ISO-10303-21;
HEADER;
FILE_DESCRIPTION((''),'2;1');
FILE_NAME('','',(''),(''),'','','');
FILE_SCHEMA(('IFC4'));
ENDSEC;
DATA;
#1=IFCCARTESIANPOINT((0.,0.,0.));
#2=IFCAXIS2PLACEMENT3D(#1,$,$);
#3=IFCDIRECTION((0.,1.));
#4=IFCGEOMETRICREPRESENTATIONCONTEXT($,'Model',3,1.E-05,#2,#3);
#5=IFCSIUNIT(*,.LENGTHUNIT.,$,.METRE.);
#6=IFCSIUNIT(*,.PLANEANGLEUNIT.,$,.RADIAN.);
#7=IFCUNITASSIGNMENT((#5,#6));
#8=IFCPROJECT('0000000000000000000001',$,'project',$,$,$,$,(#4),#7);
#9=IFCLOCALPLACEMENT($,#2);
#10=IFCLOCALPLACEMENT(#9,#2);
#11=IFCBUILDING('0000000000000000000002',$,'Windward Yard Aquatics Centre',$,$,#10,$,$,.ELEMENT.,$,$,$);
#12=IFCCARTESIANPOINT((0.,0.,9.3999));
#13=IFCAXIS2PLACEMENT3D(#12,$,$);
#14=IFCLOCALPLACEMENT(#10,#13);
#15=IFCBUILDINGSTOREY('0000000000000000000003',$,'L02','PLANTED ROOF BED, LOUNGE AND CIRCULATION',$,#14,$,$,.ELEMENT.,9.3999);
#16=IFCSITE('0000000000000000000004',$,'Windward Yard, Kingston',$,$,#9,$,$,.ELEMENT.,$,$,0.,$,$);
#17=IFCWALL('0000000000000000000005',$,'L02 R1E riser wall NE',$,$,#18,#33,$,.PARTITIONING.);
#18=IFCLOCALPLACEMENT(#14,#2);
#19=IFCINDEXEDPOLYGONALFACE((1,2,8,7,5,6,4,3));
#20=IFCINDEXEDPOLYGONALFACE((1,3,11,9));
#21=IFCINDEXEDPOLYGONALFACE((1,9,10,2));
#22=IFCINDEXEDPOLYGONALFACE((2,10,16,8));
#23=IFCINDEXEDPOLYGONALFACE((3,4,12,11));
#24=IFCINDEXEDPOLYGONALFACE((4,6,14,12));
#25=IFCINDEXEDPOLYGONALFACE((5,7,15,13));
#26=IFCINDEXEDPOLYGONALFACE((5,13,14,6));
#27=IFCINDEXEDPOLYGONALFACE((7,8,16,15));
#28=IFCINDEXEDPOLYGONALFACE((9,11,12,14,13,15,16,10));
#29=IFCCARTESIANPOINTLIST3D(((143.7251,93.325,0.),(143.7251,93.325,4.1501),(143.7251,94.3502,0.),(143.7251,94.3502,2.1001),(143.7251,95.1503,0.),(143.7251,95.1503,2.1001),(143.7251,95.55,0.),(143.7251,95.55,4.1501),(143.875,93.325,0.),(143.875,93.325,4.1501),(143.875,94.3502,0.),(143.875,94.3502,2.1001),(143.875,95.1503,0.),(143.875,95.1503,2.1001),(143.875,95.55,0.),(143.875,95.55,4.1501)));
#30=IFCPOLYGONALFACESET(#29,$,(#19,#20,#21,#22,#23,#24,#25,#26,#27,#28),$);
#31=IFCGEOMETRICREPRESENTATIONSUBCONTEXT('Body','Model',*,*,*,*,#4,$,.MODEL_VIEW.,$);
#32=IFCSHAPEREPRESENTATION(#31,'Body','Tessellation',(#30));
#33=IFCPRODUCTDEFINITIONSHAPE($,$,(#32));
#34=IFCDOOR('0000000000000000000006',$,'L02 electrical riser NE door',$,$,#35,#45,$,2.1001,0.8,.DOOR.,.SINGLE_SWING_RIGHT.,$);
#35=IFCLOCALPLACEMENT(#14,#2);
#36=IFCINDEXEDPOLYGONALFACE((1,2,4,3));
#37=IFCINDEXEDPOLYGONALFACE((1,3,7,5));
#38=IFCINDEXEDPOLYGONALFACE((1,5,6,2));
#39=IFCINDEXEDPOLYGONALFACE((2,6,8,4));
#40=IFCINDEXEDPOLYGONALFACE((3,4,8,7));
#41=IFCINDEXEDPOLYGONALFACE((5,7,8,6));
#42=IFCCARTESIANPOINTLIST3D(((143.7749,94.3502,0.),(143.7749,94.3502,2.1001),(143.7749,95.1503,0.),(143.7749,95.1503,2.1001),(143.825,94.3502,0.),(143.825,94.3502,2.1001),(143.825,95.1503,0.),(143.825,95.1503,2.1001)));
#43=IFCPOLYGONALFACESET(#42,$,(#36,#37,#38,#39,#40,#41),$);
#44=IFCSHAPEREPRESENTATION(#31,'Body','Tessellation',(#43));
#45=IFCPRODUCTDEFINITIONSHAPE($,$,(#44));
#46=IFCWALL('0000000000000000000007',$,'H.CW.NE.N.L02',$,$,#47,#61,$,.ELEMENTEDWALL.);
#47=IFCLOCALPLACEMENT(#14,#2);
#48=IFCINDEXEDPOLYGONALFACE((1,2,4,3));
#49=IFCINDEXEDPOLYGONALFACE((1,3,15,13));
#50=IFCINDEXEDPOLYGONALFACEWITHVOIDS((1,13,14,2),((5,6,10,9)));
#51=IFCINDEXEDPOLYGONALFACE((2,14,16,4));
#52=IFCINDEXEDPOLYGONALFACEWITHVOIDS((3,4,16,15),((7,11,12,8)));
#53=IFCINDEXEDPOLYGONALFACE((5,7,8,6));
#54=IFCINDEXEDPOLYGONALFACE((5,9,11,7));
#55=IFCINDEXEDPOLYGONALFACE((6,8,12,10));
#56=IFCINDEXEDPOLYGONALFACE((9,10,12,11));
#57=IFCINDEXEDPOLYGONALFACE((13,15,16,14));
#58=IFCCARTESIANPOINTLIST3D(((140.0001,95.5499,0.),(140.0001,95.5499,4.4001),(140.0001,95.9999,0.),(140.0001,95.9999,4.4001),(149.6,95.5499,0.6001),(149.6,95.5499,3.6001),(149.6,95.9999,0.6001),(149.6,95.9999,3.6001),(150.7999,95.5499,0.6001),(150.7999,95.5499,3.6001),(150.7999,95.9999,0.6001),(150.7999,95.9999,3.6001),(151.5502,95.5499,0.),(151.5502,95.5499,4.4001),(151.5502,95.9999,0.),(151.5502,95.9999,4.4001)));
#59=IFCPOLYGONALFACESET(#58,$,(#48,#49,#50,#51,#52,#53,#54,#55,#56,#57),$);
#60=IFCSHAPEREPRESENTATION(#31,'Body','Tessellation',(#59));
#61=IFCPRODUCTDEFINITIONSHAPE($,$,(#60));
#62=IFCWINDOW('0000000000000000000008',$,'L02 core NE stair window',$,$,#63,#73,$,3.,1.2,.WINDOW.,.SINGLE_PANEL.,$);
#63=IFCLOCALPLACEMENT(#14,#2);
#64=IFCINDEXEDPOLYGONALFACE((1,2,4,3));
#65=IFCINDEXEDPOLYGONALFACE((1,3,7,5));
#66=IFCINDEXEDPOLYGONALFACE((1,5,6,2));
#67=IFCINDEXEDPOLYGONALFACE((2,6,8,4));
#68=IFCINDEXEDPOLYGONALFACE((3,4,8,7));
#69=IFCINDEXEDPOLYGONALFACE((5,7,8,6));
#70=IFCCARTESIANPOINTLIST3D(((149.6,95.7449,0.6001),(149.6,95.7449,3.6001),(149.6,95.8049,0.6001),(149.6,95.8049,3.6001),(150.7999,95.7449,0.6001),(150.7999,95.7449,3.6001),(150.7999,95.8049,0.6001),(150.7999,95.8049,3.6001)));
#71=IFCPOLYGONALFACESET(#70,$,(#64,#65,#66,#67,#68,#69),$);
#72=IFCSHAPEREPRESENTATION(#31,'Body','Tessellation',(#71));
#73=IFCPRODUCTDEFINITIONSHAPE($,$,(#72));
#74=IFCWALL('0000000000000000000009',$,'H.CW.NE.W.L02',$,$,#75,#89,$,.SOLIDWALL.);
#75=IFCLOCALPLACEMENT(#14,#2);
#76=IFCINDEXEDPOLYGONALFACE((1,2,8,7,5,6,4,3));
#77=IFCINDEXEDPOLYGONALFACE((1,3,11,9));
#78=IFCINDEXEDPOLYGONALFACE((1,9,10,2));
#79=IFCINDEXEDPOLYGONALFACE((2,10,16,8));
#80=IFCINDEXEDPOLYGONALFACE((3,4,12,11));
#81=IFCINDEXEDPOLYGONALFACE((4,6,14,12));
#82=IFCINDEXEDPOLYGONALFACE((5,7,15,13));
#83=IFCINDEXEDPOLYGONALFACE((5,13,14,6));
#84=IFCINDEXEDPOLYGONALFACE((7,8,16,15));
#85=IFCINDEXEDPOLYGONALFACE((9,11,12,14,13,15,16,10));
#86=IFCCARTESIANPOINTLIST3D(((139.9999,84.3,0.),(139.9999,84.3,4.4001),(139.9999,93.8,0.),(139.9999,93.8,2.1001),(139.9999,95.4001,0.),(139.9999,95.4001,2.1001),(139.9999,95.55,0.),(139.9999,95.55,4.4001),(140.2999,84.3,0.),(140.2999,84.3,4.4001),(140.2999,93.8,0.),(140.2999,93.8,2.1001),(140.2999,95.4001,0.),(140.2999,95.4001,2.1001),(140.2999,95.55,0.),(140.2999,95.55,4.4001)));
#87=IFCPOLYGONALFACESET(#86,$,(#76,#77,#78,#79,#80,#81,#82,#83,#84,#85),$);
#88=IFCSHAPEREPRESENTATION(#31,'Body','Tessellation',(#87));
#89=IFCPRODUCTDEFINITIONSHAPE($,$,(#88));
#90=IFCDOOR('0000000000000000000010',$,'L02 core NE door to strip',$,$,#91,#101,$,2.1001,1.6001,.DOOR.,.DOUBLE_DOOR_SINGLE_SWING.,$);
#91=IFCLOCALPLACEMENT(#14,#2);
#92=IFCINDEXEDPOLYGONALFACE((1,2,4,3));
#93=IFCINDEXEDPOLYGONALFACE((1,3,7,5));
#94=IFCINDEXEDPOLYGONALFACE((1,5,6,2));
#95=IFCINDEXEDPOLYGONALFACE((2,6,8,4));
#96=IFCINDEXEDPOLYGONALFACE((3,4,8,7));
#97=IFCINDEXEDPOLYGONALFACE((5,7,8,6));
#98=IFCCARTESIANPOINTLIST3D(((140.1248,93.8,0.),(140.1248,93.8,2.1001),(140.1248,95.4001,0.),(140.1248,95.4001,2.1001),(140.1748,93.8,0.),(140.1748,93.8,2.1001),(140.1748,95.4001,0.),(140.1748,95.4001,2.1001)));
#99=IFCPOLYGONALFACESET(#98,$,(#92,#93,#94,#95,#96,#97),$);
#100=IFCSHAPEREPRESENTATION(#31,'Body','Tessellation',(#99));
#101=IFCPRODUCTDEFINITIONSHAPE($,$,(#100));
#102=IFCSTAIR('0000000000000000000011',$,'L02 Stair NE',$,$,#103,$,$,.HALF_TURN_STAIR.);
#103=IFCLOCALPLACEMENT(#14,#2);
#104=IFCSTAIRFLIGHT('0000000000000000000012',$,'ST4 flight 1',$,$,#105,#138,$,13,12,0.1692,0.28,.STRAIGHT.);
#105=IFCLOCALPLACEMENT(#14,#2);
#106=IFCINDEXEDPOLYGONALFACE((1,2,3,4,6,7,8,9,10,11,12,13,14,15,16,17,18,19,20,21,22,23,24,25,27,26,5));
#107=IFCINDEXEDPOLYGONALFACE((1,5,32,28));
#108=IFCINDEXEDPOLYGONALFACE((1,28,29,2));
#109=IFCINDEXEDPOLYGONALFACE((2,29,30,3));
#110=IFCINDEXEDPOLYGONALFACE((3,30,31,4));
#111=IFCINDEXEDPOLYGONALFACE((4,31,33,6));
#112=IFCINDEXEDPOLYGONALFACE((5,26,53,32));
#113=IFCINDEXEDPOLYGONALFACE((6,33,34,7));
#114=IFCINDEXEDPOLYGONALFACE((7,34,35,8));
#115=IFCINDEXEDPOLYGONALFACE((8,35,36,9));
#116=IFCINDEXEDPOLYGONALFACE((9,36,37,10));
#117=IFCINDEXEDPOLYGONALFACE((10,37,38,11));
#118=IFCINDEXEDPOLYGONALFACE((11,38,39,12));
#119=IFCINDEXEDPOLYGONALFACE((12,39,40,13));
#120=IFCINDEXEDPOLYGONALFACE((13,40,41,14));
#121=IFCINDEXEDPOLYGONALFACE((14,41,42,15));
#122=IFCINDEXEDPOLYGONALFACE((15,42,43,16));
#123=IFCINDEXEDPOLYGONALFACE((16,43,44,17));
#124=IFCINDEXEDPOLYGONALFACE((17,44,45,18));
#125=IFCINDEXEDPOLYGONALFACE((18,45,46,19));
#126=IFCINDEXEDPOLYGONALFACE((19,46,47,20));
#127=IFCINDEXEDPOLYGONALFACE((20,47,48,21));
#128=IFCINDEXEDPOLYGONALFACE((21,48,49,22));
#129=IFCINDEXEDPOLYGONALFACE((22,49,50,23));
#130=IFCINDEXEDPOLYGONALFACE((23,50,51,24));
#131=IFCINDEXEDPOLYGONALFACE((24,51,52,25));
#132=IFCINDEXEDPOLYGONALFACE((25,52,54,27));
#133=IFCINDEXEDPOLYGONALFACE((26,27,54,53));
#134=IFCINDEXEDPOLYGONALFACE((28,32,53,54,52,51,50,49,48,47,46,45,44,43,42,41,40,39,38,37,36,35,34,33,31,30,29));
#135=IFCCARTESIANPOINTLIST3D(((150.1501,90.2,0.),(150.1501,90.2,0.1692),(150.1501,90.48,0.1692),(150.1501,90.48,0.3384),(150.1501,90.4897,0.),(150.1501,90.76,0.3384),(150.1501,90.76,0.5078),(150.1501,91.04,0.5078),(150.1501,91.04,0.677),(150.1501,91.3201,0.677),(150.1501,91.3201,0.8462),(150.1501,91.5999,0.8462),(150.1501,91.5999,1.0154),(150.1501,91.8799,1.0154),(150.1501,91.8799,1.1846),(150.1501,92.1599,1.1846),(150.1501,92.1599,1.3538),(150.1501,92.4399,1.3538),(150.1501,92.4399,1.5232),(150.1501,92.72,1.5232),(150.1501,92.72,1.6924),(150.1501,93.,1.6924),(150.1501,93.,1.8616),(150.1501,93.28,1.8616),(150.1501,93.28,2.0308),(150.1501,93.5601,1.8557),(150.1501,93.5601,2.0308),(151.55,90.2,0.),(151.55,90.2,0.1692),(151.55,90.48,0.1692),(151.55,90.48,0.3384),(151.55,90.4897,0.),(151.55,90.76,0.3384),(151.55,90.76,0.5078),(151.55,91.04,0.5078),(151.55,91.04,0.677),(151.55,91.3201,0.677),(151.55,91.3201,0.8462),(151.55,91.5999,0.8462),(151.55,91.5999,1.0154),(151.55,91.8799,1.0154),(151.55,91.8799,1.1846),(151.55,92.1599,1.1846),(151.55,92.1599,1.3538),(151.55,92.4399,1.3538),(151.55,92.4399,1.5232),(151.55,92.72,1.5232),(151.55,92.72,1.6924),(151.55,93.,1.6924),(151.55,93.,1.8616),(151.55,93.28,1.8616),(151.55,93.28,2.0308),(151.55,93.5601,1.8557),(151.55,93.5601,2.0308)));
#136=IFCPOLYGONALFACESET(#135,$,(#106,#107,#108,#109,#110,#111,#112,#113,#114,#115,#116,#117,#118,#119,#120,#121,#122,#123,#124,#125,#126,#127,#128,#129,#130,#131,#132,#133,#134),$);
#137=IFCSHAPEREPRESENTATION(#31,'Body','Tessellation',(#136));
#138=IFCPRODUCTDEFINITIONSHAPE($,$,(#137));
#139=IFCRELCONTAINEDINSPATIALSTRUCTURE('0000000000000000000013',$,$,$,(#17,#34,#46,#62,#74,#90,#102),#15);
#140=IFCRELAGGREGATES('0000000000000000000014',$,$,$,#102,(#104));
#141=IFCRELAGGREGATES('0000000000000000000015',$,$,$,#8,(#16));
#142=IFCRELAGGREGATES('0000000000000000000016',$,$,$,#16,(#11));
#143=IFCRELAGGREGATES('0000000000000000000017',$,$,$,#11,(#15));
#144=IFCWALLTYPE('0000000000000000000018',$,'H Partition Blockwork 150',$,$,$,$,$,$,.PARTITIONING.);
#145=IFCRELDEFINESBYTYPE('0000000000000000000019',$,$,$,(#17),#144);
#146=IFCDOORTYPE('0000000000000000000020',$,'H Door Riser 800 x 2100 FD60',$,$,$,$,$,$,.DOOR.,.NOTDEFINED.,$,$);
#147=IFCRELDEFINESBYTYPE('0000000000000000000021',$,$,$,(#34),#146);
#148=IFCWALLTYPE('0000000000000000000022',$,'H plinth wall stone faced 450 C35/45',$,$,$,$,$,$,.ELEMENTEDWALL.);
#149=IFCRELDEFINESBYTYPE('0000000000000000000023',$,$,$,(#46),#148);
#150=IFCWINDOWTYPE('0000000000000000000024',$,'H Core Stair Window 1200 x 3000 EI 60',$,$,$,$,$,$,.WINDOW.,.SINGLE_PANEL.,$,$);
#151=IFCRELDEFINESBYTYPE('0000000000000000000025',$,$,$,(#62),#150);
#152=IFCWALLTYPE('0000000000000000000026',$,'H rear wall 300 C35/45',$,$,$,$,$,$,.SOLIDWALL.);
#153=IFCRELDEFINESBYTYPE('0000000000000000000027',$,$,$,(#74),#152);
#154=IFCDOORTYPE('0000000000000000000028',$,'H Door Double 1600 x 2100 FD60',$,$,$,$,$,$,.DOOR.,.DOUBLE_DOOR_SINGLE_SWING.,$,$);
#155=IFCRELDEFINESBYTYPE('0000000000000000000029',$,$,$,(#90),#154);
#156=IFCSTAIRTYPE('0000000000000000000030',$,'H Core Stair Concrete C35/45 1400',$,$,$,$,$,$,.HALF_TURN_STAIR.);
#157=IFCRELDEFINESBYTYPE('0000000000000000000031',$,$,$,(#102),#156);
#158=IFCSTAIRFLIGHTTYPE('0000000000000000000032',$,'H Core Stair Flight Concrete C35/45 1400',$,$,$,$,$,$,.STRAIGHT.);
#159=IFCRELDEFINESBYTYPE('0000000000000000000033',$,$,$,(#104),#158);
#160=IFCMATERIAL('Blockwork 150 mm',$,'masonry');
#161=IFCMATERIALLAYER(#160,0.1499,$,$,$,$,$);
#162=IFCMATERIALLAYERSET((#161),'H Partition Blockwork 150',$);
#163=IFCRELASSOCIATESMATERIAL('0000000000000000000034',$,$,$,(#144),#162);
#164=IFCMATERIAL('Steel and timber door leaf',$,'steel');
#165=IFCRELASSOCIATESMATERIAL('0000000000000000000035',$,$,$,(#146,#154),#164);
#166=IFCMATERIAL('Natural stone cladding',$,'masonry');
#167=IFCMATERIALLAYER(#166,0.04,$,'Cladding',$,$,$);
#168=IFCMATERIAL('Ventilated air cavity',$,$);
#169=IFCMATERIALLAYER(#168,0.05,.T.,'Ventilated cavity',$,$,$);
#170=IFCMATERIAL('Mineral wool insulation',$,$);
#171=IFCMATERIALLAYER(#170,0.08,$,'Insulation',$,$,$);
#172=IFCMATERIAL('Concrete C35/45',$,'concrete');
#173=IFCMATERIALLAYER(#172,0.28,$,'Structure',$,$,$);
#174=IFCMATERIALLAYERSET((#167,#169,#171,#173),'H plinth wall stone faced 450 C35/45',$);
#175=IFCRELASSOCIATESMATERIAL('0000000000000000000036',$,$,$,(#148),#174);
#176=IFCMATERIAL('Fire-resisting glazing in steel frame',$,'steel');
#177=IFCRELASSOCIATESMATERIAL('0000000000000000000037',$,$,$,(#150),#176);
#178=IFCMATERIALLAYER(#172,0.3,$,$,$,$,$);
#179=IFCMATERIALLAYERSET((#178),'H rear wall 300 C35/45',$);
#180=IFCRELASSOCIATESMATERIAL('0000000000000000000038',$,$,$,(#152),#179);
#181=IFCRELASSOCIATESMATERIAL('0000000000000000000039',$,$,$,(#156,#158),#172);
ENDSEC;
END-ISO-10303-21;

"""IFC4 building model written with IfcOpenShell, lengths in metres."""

from ifc_helpers import new_model, si_unit, direction, frame, frame_2d, origin, place, context, subcontext, project, spatial, polyline, rectangle, outline, extrude, material, layer, layer_set, type_object, element, fill, aggregate, save


model = new_model("IFC4")

# Units and contexts
model_context = context("Model", 3, precision=1e-05, world=origin(), true_north=direction((0.0, 1.0)))
body_context = subcontext(model_context, "Body", "Model", "MODEL_VIEW")
ifc_project = project(units=[si_unit("LENGTHUNIT", "METRE"), si_unit("PLANEANGLEUNIT", "RADIAN")], contexts=[model_context])

# Site, building, storey
site_placement = place(None, origin())
site = spatial("IfcSite", under=ifc_project, at=site_placement, Name="Windward Yard, Kingston", CompositionType="ELEMENT", RefElevation=0.0)
building_placement = place(site_placement, origin())
building = spatial("IfcBuilding", under=site, at=building_placement, Name="Windward Yard Aquatics Centre", CompositionType="ELEMENT")
storey_placement = place(building_placement, frame((0.0, 0.0, 9.3999)))
storey = spatial("IfcBuildingStorey", under=building, at=storey_placement, Name="L02", Description="PLANTED ROOF BED, LOUNGE AND CIRCULATION", CompositionType="ELEMENT", Elevation=9.3999)

# Shared definitions
ifc_material_1 = material(Name="Concrete C35/45", Category="concrete")

# Shared definitions
ifc_material_2 = material(Name="Blockwork 150 mm", Category="masonry")
ifc_layer_1 = layer(ifc_material_2, 0.1499)
ifc_layer_set_1 = layer_set([ifc_layer_1], Name="H Partition Blockwork 150")
wall_type_1 = type_object("IfcWallType", Name="H Partition Blockwork 150", PredefinedType="PARTITIONING", material=ifc_layer_set_1)

# Wall, opening, door
wall_1_placement = place(storey_placement, frame((143.8, 95.55, 0.0), z_axis=(0.0, 0.0, 1.0), x_axis=(0.0, -1.0, 0.0)))
wall_1 = element("IfcWall", 1, at=wall_1_placement, inside=storey, type_object=wall_type_1, Name="L02 R1E riser wall NE", PredefinedType="PARTITIONING", context=body_context, shape_type="SweptSolid", body=[
    extrude(rectangle(XDim=2.2251, YDim=0.1499, at=frame_2d((1.1125, 0.0))), origin(), (0.0, 0.0, 1.0), 4.1501),
])
opening_1_placement = place(wall_1_placement, frame((0.3999, 0.0, 0.0)))
opening_1 = element("IfcOpeningElement", 2, at=opening_1_placement, cuts=wall_1, PredefinedType="OPENING", context=body_context, shape_type="SweptSolid", body=[
    extrude(rectangle(XDim=0.8, YDim=2.1001, at=frame_2d((0.3999, 1.05))), frame((0.0, 0.085, 0.0), z_axis=(0.0, -1.0, 0.0), x_axis=(1.0, 0.0, 0.0)), (0.0, 0.0, 1.0), 0.1699),
])
ifc_material_3 = material(Name="Steel and timber door leaf", Category="steel")
door_type_1 = type_object("IfcDoorType", Name="H Door Riser 800 x 2100 FD60", OperationType="NOTDEFINED", PredefinedType="DOOR", material=ifc_material_3)
door_1_placement = place(opening_1_placement, origin())
door_1 = element("IfcDoor", 3, at=door_1_placement, inside=storey, type_object=door_type_1, Name="L02 electrical riser NE door", OperationType="SINGLE_SWING_RIGHT", OverallHeight=2.1001, OverallWidth=0.8, PredefinedType="DOOR", context=body_context, shape_type="SweptSolid", body=[
    extrude(rectangle(XDim=0.8, YDim=2.1001, at=frame_2d((0.3999, 1.05))), frame((0.0, 0.0249, 0.0), z_axis=(0.0, -1.0, 0.0), x_axis=(1.0, 0.0, 0.0)), (0.0, 0.0, 1.0), 0.05),
])
fill(opening_1, door_1)

# Wall, opening, window
ifc_material_4 = material(Name="Natural stone cladding", Category="masonry")
ifc_layer_2 = layer(ifc_material_4, 0.04, Name="Cladding")
ifc_material_5 = material(Name="Ventilated air cavity")
ifc_layer_3 = layer(ifc_material_5, 0.05, ventilated=True, Name="Ventilated cavity")
ifc_material_6 = material(Name="Mineral wool insulation")
ifc_layer_4 = layer(ifc_material_6, 0.08, Name="Insulation")
ifc_layer_5 = layer(ifc_material_1, 0.28, Name="Structure")
ifc_layer_set_2 = layer_set([ifc_layer_2, ifc_layer_3, ifc_layer_4, ifc_layer_5], Name="H plinth wall stone faced 450 C35/45")
wall_type_2 = type_object("IfcWallType", Name="H plinth wall stone faced 450 C35/45", PredefinedType="ELEMENTEDWALL", material=ifc_layer_set_2)
wall_2_placement = place(storey_placement, frame((151.55, 95.7749, 0.0), z_axis=(0.0, 0.0, 1.0), x_axis=(-1.0, 0.0, 0.0)))
wall_2 = element("IfcWall", 4, at=wall_2_placement, inside=storey, type_object=wall_type_2, Name="H.CW.NE.N.L02", PredefinedType="ELEMENTEDWALL", context=body_context, shape_type="SweptSolid", body=[
    extrude(rectangle(XDim=11.55, YDim=0.45, at=frame_2d((5.7749, 0.0))), origin(), (0.0, 0.0, 1.0), 4.4001),
])
opening_2_placement = place(wall_2_placement, frame((0.75, 0.0, 0.6001)))
opening_2 = element("IfcOpeningElement", 5, at=opening_2_placement, cuts=wall_2, PredefinedType="OPENING", context=body_context, shape_type="SweptSolid", body=[
    extrude(rectangle(XDim=1.2, YDim=3.0, at=frame_2d((0.6001, 1.5))), frame((0.0, 0.2349, 0.0), z_axis=(0.0, -1.0, 0.0), x_axis=(1.0, 0.0, 0.0)), (0.0, 0.0, 1.0), 0.47),
])
ifc_material_7 = material(Name="Fire-resisting glazing in steel frame", Category="steel")
window_type = type_object("IfcWindowType", Name="H Core Stair Window 1200 x 3000 EI 60", PartitioningType="SINGLE_PANEL", PredefinedType="WINDOW", material=ifc_material_7)
window_placement = place(opening_2_placement, origin())
window = element("IfcWindow", 6, at=window_placement, inside=storey, type_object=window_type, Name="L02 core NE stair window", OverallHeight=3.0, OverallWidth=1.2, PartitioningType="SINGLE_PANEL", PredefinedType="WINDOW", context=body_context, shape_type="SweptSolid", body=[
    extrude(rectangle(XDim=1.2, YDim=3.0, at=frame_2d((0.6001, 1.5))), frame((0.0, 0.03, 0.0), z_axis=(0.0, -1.0, 0.0), x_axis=(1.0, 0.0, 0.0)), (0.0, 0.0, 1.0), 0.0601),
])
fill(opening_2, window)

# Wall, opening, door
ifc_layer_6 = layer(ifc_material_1, 0.3)
ifc_layer_set_3 = layer_set([ifc_layer_6], Name="H rear wall 300 C35/45")
wall_type_3 = type_object("IfcWallType", Name="H rear wall 300 C35/45", PredefinedType="SOLIDWALL", material=ifc_layer_set_3)
wall_3_placement = place(storey_placement, frame((140.1499, 95.55, 0.0), z_axis=(0.0, 0.0, 1.0), x_axis=(0.0, -1.0, 0.0)))
wall_3 = element("IfcWall", 7, at=wall_3_placement, inside=storey, type_object=wall_type_3, Name="H.CW.NE.W.L02", PredefinedType="SOLIDWALL", context=body_context, shape_type="SweptSolid", body=[
    extrude(rectangle(XDim=11.25, YDim=0.3, at=frame_2d((5.625, 0.0))), origin(), (0.0, 0.0, 1.0), 4.4001),
])
opening_3_placement = place(wall_3_placement, frame((0.1499, 0.0, 0.0)))
opening_3 = element("IfcOpeningElement", 8, at=opening_3_placement, cuts=wall_3, PredefinedType="OPENING", context=body_context, shape_type="SweptSolid", body=[
    extrude(rectangle(XDim=1.6001, YDim=2.1001, at=frame_2d((0.8, 1.05))), frame((0.0, 0.1602, 0.0), z_axis=(0.0, -1.0, 0.0), x_axis=(1.0, 0.0, 0.0)), (0.0, 0.0, 1.0), 0.3201),
])
door_type_2 = type_object("IfcDoorType", Name="H Door Double 1600 x 2100 FD60", OperationType="DOUBLE_DOOR_SINGLE_SWING", PredefinedType="DOOR", material=ifc_material_3)
door_2_placement = place(opening_3_placement, origin())
door_2 = element("IfcDoor", 9, at=door_2_placement, inside=storey, type_object=door_type_2, Name="L02 core NE door to strip", OperationType="DOUBLE_DOOR_SINGLE_SWING", OverallHeight=2.1001, OverallWidth=1.6001, PredefinedType="DOOR", context=body_context, shape_type="SweptSolid", body=[
    extrude(rectangle(XDim=1.6001, YDim=2.1001, at=frame_2d((0.8, 1.05))), frame((0.0, 0.0249, 0.0), z_axis=(0.0, -1.0, 0.0), x_axis=(1.0, 0.0, 0.0)), (0.0, 0.0, 1.0), 0.05),
])
fill(opening_3, door_2)

# Stair, stair flight
stair_type = type_object("IfcStairType", Name="H Core Stair Concrete C35/45 1400", PredefinedType="HALF_TURN_STAIR", material=ifc_material_1)
stair_placement = place(storey_placement, origin())
stair = element("IfcStair", 10, at=stair_placement, inside=storey, type_object=stair_type, Name="L02 Stair NE", PredefinedType="HALF_TURN_STAIR")
stair_flight_type = type_object("IfcStairFlightType", Name="H Core Stair Flight Concrete C35/45 1400", PredefinedType="STRAIGHT", material=ifc_material_1)
stair_flight_1_placement = place(storey_placement, frame((150.8501, 90.2, 0.0), z_axis=(0.0, 0.0, 1.0), x_axis=(0.0, 1.0, 0.0)))
stair_flight_1 = element("IfcStairFlight", 11, at=stair_flight_1_placement, type_object=stair_flight_type, Name="ST4 flight 1", NumberOfRisers=13, NumberOfTreads=12, PredefinedType="STRAIGHT", RiserHeight=0.1692, TreadLength=0.28, context=body_context, shape_type="SweptSolid", body=[
    extrude(outline(polyline([(0.0, 0.0), (0.0, 0.1692), (0.28, 0.1692), (0.28, 0.3384), (0.5601, 0.3384), (0.5601, 0.5078), (0.8401, 0.5078), (0.8401, 0.677), (1.1201, 0.677), (1.1201, 0.8462), (1.3999, 0.8462), (1.3999, 1.0154), (1.6799, 1.0154), (1.6799, 1.1846), (1.96, 1.1846), (1.96, 1.3538), (2.24, 1.3538), (2.24, 1.5232), (2.52, 1.5232), (2.52, 1.6924), (2.8, 1.6924), (2.8, 1.8616), (3.0801, 1.8616), (3.0801, 2.0308), (3.3601, 2.0308), (3.3601, 2.2), (3.3601, 1.8557), (0.2898, 0.0), (0.0, 0.0)])), frame((0.0, 0.7, 0.0), z_axis=(0.0, -1.0, 0.0), x_axis=(1.0, 0.0, 0.0)), (0.0, 0.0, 1.0), 1.3999),
])
aggregate(stair, [stair_flight_1])

save(model, "model.ifc")
